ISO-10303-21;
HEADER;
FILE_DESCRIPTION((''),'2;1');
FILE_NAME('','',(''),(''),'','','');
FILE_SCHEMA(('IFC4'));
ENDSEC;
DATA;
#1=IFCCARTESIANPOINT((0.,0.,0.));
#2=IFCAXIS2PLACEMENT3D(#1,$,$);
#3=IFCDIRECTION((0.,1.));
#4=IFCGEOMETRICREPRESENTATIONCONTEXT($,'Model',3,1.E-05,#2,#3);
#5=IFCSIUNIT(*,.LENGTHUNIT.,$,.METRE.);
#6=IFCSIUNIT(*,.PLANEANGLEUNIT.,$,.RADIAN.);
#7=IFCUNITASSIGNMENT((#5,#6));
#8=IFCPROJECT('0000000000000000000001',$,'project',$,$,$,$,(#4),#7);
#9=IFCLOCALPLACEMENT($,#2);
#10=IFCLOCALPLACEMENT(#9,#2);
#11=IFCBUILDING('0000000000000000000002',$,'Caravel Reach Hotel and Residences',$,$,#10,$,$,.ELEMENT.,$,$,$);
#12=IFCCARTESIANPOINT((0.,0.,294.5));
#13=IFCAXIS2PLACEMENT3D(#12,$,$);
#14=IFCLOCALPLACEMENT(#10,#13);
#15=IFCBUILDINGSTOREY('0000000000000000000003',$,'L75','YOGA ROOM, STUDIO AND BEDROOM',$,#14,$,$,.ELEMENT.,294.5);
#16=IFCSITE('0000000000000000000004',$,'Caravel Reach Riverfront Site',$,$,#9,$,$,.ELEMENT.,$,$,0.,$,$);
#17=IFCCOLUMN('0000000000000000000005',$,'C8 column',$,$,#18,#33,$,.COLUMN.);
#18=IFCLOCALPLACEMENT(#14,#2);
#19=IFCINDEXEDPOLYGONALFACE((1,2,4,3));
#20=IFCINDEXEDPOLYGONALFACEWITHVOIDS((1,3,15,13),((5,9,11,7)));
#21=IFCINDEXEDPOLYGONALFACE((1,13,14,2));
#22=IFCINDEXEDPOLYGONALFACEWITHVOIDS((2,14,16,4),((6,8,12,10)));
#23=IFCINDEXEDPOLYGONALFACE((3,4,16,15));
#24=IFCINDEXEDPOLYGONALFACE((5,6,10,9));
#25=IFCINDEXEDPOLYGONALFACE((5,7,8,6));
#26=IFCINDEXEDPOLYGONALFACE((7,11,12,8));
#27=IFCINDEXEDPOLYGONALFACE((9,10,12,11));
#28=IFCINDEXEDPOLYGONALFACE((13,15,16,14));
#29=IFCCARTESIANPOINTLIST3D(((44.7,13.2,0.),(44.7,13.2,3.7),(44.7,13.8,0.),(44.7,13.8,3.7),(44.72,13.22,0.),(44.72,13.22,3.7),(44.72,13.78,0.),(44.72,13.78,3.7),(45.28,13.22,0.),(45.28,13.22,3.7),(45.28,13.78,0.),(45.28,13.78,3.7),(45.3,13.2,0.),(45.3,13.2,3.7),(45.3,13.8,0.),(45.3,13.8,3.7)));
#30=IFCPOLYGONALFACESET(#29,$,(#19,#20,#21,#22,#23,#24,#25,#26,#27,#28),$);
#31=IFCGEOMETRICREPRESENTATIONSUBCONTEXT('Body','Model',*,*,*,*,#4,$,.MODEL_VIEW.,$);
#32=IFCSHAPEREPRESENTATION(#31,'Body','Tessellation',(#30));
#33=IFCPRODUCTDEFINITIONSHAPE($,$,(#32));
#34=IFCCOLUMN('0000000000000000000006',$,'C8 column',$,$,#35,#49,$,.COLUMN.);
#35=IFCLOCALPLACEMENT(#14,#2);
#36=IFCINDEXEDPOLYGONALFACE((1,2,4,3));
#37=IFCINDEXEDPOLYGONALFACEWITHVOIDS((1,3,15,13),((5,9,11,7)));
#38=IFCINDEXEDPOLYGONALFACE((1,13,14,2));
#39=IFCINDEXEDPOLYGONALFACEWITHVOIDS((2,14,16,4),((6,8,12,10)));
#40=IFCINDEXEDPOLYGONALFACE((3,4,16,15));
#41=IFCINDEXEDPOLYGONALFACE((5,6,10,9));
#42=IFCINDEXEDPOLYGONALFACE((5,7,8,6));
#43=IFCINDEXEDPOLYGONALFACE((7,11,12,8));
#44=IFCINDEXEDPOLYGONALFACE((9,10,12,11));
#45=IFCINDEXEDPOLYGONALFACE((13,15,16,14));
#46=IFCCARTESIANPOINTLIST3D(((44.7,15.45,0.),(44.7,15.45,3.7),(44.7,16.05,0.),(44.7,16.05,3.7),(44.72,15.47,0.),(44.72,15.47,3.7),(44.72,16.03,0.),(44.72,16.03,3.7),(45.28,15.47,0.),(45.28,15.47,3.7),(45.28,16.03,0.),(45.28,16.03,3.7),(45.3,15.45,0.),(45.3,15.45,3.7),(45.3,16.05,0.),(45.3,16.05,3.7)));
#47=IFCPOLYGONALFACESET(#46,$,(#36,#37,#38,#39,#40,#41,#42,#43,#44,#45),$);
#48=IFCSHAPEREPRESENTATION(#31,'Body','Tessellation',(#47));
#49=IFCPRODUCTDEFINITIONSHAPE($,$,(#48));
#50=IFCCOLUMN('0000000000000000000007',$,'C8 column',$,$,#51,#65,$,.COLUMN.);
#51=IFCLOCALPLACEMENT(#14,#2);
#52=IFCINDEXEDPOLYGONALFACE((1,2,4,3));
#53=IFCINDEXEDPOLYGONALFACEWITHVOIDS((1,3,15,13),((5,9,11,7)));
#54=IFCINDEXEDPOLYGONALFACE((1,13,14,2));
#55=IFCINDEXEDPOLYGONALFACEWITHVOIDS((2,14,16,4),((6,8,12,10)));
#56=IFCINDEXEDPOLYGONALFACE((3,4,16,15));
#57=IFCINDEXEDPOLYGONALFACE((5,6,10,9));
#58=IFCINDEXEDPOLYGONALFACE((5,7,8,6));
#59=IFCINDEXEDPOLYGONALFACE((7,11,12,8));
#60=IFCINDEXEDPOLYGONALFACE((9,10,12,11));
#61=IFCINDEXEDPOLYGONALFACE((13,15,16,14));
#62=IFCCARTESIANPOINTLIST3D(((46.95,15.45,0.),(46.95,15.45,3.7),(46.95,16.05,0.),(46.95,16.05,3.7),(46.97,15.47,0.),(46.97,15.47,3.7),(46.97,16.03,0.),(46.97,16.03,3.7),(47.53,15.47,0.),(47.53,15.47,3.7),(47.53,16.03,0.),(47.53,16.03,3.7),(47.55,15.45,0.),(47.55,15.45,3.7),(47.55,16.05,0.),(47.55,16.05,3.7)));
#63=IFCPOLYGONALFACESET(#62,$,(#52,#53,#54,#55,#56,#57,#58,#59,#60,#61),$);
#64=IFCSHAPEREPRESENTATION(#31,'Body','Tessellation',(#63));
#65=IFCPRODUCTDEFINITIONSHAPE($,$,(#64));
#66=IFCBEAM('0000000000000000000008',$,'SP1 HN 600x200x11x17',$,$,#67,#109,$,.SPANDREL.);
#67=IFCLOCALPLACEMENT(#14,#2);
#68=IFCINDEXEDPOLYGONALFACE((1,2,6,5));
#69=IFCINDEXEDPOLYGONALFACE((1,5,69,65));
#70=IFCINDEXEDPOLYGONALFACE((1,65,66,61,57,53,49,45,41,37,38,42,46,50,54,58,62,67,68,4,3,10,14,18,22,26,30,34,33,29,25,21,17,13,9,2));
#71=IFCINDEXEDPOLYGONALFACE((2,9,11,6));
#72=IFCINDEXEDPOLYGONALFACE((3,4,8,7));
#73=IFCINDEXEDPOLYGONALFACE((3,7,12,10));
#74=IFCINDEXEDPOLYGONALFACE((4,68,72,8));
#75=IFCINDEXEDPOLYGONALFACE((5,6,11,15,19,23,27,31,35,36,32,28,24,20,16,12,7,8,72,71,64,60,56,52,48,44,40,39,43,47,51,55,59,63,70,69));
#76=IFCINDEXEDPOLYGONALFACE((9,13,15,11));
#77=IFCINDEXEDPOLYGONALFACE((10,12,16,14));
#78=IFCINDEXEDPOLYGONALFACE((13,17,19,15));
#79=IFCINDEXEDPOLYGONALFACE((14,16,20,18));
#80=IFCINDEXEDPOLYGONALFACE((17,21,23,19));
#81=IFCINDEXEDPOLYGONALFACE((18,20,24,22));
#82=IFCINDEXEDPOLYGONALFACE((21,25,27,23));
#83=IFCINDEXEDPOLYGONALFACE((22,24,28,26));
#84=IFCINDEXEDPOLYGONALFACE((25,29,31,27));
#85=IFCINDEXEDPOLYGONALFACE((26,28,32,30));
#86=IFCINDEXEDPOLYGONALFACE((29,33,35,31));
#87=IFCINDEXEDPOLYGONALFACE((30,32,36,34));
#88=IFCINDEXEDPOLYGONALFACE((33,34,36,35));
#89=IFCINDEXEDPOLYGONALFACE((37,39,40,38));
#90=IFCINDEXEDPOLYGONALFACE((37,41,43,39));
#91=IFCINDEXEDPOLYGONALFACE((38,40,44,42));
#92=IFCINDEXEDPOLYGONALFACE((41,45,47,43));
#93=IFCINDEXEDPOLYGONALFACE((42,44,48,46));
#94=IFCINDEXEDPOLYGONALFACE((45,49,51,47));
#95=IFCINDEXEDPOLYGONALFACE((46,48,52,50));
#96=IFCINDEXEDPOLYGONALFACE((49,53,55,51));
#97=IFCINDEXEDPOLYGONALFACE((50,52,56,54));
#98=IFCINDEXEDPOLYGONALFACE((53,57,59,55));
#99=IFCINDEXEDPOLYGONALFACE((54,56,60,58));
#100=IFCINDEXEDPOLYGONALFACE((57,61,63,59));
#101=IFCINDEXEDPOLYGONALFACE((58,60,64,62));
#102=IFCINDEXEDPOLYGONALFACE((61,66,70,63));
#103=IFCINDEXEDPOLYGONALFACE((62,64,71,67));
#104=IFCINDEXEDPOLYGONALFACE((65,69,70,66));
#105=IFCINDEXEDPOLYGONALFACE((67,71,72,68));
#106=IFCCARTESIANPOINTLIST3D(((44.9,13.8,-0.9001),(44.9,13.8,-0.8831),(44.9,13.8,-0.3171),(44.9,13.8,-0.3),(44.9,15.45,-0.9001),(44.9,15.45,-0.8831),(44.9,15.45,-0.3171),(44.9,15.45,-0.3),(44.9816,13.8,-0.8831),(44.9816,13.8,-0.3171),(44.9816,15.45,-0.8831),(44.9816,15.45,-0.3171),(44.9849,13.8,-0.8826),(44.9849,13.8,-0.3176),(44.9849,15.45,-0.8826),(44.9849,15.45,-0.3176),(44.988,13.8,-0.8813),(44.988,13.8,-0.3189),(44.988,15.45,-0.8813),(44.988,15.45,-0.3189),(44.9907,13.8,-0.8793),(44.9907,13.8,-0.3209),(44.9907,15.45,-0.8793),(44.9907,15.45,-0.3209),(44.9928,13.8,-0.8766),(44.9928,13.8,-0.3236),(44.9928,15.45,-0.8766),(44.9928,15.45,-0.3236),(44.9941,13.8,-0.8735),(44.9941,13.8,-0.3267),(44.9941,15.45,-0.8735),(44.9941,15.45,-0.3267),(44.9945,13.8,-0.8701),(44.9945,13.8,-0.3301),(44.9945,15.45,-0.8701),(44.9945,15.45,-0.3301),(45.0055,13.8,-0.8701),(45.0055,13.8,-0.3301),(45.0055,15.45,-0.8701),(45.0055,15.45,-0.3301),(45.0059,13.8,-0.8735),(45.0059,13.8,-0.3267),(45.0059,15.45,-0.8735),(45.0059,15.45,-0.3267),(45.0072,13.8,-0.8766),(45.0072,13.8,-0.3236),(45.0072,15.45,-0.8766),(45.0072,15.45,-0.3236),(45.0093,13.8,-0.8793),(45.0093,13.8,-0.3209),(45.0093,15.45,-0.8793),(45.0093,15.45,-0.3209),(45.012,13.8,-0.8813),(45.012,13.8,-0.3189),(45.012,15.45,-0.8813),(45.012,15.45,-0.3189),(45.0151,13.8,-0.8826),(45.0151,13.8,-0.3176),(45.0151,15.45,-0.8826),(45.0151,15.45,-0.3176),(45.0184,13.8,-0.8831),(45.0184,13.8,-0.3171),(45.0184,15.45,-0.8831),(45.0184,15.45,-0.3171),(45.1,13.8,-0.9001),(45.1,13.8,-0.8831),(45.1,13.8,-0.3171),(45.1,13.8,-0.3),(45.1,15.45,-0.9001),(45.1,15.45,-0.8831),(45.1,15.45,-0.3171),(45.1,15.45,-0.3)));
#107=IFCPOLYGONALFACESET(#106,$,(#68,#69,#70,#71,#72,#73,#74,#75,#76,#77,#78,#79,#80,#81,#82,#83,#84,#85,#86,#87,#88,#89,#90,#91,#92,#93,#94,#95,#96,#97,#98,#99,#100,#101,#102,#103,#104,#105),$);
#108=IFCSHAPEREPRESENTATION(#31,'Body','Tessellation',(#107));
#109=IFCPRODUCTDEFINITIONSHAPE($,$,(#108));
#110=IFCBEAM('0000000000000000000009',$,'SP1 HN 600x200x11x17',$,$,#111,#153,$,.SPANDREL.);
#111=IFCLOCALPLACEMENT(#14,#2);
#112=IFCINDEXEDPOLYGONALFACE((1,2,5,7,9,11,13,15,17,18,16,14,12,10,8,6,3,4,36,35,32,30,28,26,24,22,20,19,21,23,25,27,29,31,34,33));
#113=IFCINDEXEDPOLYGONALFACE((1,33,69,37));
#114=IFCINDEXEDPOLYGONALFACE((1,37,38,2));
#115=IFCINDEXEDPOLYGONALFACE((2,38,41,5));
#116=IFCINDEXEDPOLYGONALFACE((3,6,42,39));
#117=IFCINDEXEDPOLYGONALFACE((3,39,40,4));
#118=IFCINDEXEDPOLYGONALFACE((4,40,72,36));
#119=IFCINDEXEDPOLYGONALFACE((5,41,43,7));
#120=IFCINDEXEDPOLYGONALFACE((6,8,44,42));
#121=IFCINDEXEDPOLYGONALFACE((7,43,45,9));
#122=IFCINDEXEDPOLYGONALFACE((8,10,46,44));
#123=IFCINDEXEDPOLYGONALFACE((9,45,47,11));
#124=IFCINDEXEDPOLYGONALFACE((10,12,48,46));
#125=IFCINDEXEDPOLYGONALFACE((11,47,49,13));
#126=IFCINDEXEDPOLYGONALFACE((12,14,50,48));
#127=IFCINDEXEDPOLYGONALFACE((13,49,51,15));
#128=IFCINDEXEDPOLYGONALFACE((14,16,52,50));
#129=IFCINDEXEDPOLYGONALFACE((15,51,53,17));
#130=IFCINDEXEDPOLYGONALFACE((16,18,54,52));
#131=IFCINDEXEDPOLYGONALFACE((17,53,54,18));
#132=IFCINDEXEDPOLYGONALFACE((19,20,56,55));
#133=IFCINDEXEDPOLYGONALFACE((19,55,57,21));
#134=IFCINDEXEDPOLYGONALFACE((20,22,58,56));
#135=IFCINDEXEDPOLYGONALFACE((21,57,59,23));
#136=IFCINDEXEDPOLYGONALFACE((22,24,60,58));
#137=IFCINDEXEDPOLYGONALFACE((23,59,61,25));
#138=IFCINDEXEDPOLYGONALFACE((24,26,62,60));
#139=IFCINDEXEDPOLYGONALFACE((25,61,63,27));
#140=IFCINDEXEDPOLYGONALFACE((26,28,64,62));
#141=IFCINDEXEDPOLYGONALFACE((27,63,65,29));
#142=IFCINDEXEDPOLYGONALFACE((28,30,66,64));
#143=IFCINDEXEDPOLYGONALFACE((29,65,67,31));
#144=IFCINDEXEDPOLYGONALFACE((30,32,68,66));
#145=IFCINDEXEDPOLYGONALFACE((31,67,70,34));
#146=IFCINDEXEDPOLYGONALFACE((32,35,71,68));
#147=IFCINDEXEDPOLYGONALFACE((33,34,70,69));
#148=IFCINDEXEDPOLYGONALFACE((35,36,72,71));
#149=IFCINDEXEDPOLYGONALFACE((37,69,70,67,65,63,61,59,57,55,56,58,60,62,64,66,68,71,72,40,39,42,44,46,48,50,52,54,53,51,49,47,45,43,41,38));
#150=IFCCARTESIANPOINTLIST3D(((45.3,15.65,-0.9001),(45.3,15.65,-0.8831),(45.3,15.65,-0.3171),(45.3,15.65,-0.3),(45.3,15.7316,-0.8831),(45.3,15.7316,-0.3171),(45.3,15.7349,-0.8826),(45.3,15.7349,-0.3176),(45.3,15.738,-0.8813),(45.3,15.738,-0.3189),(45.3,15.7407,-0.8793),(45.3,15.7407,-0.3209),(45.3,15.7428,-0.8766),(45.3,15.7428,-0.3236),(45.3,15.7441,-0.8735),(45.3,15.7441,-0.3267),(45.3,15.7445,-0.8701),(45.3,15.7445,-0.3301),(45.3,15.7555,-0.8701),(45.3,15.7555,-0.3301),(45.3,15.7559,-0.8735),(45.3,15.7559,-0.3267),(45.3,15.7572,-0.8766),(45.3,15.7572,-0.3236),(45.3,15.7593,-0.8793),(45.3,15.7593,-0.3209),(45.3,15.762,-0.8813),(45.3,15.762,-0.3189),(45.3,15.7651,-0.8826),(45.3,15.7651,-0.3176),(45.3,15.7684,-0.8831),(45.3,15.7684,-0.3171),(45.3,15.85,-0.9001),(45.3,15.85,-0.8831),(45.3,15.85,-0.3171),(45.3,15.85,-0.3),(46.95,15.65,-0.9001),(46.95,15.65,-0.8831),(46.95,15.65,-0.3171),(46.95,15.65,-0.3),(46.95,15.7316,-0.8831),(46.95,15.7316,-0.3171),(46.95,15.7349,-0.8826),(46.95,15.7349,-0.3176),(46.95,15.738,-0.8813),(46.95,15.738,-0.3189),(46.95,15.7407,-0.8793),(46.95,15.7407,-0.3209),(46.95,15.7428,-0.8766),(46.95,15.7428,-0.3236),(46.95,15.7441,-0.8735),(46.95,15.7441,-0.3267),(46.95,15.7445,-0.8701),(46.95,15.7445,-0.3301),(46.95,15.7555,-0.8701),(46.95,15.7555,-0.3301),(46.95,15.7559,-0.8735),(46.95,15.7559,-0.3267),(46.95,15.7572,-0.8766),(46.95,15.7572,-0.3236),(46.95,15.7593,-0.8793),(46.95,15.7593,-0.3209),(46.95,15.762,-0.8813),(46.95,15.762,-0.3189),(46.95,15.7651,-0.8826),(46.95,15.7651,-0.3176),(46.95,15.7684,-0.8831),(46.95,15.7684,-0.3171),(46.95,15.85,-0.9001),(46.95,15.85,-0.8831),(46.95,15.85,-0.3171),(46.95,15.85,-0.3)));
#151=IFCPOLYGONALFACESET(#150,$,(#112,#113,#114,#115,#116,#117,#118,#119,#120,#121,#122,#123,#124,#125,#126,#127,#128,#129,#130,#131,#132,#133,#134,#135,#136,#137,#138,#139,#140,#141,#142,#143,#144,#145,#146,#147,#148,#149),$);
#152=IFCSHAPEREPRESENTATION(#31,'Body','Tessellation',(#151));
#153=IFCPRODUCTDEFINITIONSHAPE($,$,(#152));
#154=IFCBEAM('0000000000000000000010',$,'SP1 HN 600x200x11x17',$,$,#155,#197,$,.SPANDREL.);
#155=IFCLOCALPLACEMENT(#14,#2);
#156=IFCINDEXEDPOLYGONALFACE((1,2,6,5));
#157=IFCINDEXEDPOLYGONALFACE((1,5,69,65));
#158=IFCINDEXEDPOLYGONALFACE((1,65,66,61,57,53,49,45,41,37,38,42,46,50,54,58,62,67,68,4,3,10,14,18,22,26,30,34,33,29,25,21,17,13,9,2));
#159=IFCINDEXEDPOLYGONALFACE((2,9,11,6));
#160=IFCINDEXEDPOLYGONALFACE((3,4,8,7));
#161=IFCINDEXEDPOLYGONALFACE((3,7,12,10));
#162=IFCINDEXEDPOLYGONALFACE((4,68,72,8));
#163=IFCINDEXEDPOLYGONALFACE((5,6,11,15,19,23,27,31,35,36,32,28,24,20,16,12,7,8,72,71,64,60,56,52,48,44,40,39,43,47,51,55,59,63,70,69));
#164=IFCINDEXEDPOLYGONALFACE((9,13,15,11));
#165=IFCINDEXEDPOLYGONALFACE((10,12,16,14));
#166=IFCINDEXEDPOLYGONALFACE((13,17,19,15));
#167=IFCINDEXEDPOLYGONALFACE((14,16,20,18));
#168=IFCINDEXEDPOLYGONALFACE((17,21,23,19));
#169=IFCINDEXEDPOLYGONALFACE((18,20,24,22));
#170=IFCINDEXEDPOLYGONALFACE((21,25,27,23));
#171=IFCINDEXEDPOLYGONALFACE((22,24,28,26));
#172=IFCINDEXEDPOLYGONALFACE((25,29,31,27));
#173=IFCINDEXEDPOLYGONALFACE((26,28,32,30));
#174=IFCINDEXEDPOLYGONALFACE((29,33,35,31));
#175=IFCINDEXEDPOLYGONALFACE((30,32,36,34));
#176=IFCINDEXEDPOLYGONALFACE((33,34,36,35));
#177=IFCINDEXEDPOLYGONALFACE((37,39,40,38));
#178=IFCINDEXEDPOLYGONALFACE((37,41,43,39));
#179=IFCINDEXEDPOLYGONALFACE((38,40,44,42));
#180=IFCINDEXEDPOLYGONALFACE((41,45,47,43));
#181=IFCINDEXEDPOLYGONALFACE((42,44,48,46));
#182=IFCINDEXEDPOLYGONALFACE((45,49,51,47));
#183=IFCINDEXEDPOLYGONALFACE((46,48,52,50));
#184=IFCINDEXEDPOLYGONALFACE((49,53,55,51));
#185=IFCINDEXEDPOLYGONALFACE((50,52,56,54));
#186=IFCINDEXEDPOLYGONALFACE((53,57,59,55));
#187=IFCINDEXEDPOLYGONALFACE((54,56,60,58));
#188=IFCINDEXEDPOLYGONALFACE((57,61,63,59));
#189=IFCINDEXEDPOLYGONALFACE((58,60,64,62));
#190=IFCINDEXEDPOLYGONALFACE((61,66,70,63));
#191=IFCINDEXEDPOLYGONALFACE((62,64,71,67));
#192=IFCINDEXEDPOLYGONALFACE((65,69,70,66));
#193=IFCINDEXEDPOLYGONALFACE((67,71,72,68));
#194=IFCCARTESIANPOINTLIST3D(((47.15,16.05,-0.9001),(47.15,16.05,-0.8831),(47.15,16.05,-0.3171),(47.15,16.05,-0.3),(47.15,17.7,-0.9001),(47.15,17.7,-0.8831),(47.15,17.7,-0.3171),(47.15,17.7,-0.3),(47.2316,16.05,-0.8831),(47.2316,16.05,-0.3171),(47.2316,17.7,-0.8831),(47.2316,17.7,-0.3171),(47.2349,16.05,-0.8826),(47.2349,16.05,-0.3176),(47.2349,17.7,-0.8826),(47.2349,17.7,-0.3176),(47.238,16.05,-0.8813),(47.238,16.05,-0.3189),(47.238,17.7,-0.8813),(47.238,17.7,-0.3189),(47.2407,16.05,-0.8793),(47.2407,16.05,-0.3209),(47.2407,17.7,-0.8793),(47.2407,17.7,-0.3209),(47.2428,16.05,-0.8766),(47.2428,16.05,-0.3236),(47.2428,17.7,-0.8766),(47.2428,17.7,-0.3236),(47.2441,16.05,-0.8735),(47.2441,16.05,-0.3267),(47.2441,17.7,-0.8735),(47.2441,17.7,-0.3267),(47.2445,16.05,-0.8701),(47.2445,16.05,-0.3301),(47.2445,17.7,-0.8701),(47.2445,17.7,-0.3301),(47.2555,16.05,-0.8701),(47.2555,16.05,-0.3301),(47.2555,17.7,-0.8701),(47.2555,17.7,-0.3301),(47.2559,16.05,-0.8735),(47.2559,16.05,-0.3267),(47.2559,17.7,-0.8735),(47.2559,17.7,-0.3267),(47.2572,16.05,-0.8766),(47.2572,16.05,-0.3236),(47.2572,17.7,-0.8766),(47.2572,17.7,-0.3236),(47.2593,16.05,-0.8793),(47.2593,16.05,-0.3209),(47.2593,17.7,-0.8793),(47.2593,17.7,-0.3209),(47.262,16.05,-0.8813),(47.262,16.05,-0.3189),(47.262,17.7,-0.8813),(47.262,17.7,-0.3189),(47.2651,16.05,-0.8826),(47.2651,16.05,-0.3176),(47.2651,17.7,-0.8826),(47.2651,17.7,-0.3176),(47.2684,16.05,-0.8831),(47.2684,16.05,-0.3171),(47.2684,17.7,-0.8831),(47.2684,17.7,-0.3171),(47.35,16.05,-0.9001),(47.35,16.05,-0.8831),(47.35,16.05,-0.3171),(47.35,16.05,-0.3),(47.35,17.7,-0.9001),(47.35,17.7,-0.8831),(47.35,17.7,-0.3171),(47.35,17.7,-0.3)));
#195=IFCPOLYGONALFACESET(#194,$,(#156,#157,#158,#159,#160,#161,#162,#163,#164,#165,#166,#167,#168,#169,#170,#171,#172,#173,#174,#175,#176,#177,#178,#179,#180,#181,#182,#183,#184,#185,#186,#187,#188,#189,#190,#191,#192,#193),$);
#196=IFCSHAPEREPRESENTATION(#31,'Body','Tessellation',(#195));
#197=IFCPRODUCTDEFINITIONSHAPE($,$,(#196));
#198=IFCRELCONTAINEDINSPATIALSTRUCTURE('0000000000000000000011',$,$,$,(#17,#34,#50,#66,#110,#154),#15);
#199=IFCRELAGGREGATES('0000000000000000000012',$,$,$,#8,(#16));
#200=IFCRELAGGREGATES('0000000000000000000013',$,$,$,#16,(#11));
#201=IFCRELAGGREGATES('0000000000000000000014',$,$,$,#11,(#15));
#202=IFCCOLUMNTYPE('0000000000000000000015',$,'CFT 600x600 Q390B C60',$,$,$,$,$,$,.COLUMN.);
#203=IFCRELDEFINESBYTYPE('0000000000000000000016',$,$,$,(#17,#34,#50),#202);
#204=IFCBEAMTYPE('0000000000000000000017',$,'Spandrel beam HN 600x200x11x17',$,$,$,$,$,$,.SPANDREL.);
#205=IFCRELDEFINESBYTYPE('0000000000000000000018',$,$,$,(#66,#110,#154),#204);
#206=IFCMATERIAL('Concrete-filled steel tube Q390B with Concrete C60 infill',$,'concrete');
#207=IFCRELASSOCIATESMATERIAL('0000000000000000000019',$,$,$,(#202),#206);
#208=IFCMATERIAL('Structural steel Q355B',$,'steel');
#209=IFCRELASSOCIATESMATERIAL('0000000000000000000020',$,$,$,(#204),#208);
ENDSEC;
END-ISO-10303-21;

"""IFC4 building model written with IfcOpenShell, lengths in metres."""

from ifc_helpers import new_model, si_unit, direction, frame, origin, origin_2d, place, context, subcontext, project, spatial, hollow_rectangle, i_section, extrude, material, material_profile, profile_set, type_object, element, save


model = new_model("IFC4")

# Units and contexts
model_context = context("Model", 3, precision=1e-05, world=origin(), true_north=direction((0.0, 1.0)))
body_context = subcontext(model_context, "Body", "Model", "MODEL_VIEW")
ifc_project = project(units=[si_unit("LENGTHUNIT", "METRE"), si_unit("PLANEANGLEUNIT", "RADIAN")], contexts=[model_context])

# Site, building, storey
site_placement = place(None, origin())
site = spatial("IfcSite", under=ifc_project, at=site_placement, Name="Caravel Reach Riverfront Site", CompositionType="ELEMENT", RefElevation=0.0)
building_placement = place(site_placement, origin())
building = spatial("IfcBuilding", under=site, at=building_placement, Name="Caravel Reach Hotel and Residences", CompositionType="ELEMENT")
storey_placement = place(building_placement, frame((0.0, 0.0, 294.5)))
storey = spatial("IfcBuildingStorey", under=building, at=storey_placement, Name="L75", Description="YOGA ROOM, STUDIO AND BEDROOM", CompositionType="ELEMENT", Elevation=294.5)

# Columns
ifc_material_1 = material(Name="Concrete-filled steel tube Q390B with Concrete C60 infill", Category="concrete")
ifc_material_profile_1 = material_profile(ifc_material_1, hollow_rectangle(XDim=0.6001, YDim=0.6001, WallThickness=0.02, at=origin_2d()), Name="RHS 600x600x20")
ifc_profile_set_1 = profile_set([ifc_material_profile_1], Name="Concrete-filled steel tube Q390B with Concrete C60 infill")
column_type = type_object("IfcColumnType", Name="CFT 600x600 Q390B C60", PredefinedType="COLUMN", material=ifc_profile_set_1)
for number, where, z_axis, x_axis, name in (
    (1, (45.0, 13.5, 0.0), (0.0, 0.0, 1.0), (1.0, 0.0, 0.0), "C8 column"),
    (2, (45.0, 15.75, 0.0), (0.0, 0.0, 1.0), (1.0, 0.0, 0.0), "C8 column"),
    (3, (47.25, 15.75, 0.0), (0.0, 0.0, 1.0), (1.0, 0.0, 0.0), "C8 column"),
):
    element("IfcColumn", number, at=place(storey_placement, frame(where, z_axis=z_axis, x_axis=x_axis)), inside=storey, type_object=column_type, Name=name, PredefinedType="COLUMN", context=body_context, shape_type="SweptSolid", body=[
        extrude(hollow_rectangle(XDim=0.6001, YDim=0.6001, WallThickness=0.02, at=origin_2d()), origin(), (0.0, 0.0, 1.0), 3.7),
    ])

# Beams
ifc_material_2 = material(Name="Structural steel Q355B", Category="steel")
ifc_material_profile_2 = material_profile(ifc_material_2, i_section(OverallWidth=0.2, OverallDepth=0.6001, WebThickness=0.011, FlangeThickness=0.0171, FilletRadius=0.0129, at=origin_2d()), Name="HN 600x200x11x17")
ifc_profile_set_2 = profile_set([ifc_material_profile_2], Name="Structural steel Q355B")
beam_type = type_object("IfcBeamType", Name="Spandrel beam HN 600x200x11x17", PredefinedType="SPANDREL", material=ifc_profile_set_2)
for number, where, z_axis, x_axis, name in (
    (4, (45.0, 13.8, -0.6001), (0.0, 1.0, 0.0), (-1.0, 0.0, 0.0), "SP1 HN 600x200x11x17"),
    (5, (45.3, 15.75, -0.6001), (1.0, 0.0, 0.0), (0.0, 1.0, 0.0), "SP1 HN 600x200x11x17"),
    (6, (47.25, 16.05, -0.6001), (0.0, 1.0, 0.0), (-1.0, 0.0, 0.0), "SP1 HN 600x200x11x17"),
):
    element("IfcBeam", number, at=place(storey_placement, frame(where, z_axis=z_axis, x_axis=x_axis)), inside=storey, type_object=beam_type, Name=name, PredefinedType="SPANDREL", context=body_context, shape_type="SweptSolid", body=[
        extrude(i_section(OverallWidth=0.2, OverallDepth=0.6001, WebThickness=0.011, FlangeThickness=0.0171, FilletRadius=0.0129, at=origin_2d()), origin(), (0.0, 0.0, 1.0), 1.6499),
    ])

save(model, "model.ifc")
